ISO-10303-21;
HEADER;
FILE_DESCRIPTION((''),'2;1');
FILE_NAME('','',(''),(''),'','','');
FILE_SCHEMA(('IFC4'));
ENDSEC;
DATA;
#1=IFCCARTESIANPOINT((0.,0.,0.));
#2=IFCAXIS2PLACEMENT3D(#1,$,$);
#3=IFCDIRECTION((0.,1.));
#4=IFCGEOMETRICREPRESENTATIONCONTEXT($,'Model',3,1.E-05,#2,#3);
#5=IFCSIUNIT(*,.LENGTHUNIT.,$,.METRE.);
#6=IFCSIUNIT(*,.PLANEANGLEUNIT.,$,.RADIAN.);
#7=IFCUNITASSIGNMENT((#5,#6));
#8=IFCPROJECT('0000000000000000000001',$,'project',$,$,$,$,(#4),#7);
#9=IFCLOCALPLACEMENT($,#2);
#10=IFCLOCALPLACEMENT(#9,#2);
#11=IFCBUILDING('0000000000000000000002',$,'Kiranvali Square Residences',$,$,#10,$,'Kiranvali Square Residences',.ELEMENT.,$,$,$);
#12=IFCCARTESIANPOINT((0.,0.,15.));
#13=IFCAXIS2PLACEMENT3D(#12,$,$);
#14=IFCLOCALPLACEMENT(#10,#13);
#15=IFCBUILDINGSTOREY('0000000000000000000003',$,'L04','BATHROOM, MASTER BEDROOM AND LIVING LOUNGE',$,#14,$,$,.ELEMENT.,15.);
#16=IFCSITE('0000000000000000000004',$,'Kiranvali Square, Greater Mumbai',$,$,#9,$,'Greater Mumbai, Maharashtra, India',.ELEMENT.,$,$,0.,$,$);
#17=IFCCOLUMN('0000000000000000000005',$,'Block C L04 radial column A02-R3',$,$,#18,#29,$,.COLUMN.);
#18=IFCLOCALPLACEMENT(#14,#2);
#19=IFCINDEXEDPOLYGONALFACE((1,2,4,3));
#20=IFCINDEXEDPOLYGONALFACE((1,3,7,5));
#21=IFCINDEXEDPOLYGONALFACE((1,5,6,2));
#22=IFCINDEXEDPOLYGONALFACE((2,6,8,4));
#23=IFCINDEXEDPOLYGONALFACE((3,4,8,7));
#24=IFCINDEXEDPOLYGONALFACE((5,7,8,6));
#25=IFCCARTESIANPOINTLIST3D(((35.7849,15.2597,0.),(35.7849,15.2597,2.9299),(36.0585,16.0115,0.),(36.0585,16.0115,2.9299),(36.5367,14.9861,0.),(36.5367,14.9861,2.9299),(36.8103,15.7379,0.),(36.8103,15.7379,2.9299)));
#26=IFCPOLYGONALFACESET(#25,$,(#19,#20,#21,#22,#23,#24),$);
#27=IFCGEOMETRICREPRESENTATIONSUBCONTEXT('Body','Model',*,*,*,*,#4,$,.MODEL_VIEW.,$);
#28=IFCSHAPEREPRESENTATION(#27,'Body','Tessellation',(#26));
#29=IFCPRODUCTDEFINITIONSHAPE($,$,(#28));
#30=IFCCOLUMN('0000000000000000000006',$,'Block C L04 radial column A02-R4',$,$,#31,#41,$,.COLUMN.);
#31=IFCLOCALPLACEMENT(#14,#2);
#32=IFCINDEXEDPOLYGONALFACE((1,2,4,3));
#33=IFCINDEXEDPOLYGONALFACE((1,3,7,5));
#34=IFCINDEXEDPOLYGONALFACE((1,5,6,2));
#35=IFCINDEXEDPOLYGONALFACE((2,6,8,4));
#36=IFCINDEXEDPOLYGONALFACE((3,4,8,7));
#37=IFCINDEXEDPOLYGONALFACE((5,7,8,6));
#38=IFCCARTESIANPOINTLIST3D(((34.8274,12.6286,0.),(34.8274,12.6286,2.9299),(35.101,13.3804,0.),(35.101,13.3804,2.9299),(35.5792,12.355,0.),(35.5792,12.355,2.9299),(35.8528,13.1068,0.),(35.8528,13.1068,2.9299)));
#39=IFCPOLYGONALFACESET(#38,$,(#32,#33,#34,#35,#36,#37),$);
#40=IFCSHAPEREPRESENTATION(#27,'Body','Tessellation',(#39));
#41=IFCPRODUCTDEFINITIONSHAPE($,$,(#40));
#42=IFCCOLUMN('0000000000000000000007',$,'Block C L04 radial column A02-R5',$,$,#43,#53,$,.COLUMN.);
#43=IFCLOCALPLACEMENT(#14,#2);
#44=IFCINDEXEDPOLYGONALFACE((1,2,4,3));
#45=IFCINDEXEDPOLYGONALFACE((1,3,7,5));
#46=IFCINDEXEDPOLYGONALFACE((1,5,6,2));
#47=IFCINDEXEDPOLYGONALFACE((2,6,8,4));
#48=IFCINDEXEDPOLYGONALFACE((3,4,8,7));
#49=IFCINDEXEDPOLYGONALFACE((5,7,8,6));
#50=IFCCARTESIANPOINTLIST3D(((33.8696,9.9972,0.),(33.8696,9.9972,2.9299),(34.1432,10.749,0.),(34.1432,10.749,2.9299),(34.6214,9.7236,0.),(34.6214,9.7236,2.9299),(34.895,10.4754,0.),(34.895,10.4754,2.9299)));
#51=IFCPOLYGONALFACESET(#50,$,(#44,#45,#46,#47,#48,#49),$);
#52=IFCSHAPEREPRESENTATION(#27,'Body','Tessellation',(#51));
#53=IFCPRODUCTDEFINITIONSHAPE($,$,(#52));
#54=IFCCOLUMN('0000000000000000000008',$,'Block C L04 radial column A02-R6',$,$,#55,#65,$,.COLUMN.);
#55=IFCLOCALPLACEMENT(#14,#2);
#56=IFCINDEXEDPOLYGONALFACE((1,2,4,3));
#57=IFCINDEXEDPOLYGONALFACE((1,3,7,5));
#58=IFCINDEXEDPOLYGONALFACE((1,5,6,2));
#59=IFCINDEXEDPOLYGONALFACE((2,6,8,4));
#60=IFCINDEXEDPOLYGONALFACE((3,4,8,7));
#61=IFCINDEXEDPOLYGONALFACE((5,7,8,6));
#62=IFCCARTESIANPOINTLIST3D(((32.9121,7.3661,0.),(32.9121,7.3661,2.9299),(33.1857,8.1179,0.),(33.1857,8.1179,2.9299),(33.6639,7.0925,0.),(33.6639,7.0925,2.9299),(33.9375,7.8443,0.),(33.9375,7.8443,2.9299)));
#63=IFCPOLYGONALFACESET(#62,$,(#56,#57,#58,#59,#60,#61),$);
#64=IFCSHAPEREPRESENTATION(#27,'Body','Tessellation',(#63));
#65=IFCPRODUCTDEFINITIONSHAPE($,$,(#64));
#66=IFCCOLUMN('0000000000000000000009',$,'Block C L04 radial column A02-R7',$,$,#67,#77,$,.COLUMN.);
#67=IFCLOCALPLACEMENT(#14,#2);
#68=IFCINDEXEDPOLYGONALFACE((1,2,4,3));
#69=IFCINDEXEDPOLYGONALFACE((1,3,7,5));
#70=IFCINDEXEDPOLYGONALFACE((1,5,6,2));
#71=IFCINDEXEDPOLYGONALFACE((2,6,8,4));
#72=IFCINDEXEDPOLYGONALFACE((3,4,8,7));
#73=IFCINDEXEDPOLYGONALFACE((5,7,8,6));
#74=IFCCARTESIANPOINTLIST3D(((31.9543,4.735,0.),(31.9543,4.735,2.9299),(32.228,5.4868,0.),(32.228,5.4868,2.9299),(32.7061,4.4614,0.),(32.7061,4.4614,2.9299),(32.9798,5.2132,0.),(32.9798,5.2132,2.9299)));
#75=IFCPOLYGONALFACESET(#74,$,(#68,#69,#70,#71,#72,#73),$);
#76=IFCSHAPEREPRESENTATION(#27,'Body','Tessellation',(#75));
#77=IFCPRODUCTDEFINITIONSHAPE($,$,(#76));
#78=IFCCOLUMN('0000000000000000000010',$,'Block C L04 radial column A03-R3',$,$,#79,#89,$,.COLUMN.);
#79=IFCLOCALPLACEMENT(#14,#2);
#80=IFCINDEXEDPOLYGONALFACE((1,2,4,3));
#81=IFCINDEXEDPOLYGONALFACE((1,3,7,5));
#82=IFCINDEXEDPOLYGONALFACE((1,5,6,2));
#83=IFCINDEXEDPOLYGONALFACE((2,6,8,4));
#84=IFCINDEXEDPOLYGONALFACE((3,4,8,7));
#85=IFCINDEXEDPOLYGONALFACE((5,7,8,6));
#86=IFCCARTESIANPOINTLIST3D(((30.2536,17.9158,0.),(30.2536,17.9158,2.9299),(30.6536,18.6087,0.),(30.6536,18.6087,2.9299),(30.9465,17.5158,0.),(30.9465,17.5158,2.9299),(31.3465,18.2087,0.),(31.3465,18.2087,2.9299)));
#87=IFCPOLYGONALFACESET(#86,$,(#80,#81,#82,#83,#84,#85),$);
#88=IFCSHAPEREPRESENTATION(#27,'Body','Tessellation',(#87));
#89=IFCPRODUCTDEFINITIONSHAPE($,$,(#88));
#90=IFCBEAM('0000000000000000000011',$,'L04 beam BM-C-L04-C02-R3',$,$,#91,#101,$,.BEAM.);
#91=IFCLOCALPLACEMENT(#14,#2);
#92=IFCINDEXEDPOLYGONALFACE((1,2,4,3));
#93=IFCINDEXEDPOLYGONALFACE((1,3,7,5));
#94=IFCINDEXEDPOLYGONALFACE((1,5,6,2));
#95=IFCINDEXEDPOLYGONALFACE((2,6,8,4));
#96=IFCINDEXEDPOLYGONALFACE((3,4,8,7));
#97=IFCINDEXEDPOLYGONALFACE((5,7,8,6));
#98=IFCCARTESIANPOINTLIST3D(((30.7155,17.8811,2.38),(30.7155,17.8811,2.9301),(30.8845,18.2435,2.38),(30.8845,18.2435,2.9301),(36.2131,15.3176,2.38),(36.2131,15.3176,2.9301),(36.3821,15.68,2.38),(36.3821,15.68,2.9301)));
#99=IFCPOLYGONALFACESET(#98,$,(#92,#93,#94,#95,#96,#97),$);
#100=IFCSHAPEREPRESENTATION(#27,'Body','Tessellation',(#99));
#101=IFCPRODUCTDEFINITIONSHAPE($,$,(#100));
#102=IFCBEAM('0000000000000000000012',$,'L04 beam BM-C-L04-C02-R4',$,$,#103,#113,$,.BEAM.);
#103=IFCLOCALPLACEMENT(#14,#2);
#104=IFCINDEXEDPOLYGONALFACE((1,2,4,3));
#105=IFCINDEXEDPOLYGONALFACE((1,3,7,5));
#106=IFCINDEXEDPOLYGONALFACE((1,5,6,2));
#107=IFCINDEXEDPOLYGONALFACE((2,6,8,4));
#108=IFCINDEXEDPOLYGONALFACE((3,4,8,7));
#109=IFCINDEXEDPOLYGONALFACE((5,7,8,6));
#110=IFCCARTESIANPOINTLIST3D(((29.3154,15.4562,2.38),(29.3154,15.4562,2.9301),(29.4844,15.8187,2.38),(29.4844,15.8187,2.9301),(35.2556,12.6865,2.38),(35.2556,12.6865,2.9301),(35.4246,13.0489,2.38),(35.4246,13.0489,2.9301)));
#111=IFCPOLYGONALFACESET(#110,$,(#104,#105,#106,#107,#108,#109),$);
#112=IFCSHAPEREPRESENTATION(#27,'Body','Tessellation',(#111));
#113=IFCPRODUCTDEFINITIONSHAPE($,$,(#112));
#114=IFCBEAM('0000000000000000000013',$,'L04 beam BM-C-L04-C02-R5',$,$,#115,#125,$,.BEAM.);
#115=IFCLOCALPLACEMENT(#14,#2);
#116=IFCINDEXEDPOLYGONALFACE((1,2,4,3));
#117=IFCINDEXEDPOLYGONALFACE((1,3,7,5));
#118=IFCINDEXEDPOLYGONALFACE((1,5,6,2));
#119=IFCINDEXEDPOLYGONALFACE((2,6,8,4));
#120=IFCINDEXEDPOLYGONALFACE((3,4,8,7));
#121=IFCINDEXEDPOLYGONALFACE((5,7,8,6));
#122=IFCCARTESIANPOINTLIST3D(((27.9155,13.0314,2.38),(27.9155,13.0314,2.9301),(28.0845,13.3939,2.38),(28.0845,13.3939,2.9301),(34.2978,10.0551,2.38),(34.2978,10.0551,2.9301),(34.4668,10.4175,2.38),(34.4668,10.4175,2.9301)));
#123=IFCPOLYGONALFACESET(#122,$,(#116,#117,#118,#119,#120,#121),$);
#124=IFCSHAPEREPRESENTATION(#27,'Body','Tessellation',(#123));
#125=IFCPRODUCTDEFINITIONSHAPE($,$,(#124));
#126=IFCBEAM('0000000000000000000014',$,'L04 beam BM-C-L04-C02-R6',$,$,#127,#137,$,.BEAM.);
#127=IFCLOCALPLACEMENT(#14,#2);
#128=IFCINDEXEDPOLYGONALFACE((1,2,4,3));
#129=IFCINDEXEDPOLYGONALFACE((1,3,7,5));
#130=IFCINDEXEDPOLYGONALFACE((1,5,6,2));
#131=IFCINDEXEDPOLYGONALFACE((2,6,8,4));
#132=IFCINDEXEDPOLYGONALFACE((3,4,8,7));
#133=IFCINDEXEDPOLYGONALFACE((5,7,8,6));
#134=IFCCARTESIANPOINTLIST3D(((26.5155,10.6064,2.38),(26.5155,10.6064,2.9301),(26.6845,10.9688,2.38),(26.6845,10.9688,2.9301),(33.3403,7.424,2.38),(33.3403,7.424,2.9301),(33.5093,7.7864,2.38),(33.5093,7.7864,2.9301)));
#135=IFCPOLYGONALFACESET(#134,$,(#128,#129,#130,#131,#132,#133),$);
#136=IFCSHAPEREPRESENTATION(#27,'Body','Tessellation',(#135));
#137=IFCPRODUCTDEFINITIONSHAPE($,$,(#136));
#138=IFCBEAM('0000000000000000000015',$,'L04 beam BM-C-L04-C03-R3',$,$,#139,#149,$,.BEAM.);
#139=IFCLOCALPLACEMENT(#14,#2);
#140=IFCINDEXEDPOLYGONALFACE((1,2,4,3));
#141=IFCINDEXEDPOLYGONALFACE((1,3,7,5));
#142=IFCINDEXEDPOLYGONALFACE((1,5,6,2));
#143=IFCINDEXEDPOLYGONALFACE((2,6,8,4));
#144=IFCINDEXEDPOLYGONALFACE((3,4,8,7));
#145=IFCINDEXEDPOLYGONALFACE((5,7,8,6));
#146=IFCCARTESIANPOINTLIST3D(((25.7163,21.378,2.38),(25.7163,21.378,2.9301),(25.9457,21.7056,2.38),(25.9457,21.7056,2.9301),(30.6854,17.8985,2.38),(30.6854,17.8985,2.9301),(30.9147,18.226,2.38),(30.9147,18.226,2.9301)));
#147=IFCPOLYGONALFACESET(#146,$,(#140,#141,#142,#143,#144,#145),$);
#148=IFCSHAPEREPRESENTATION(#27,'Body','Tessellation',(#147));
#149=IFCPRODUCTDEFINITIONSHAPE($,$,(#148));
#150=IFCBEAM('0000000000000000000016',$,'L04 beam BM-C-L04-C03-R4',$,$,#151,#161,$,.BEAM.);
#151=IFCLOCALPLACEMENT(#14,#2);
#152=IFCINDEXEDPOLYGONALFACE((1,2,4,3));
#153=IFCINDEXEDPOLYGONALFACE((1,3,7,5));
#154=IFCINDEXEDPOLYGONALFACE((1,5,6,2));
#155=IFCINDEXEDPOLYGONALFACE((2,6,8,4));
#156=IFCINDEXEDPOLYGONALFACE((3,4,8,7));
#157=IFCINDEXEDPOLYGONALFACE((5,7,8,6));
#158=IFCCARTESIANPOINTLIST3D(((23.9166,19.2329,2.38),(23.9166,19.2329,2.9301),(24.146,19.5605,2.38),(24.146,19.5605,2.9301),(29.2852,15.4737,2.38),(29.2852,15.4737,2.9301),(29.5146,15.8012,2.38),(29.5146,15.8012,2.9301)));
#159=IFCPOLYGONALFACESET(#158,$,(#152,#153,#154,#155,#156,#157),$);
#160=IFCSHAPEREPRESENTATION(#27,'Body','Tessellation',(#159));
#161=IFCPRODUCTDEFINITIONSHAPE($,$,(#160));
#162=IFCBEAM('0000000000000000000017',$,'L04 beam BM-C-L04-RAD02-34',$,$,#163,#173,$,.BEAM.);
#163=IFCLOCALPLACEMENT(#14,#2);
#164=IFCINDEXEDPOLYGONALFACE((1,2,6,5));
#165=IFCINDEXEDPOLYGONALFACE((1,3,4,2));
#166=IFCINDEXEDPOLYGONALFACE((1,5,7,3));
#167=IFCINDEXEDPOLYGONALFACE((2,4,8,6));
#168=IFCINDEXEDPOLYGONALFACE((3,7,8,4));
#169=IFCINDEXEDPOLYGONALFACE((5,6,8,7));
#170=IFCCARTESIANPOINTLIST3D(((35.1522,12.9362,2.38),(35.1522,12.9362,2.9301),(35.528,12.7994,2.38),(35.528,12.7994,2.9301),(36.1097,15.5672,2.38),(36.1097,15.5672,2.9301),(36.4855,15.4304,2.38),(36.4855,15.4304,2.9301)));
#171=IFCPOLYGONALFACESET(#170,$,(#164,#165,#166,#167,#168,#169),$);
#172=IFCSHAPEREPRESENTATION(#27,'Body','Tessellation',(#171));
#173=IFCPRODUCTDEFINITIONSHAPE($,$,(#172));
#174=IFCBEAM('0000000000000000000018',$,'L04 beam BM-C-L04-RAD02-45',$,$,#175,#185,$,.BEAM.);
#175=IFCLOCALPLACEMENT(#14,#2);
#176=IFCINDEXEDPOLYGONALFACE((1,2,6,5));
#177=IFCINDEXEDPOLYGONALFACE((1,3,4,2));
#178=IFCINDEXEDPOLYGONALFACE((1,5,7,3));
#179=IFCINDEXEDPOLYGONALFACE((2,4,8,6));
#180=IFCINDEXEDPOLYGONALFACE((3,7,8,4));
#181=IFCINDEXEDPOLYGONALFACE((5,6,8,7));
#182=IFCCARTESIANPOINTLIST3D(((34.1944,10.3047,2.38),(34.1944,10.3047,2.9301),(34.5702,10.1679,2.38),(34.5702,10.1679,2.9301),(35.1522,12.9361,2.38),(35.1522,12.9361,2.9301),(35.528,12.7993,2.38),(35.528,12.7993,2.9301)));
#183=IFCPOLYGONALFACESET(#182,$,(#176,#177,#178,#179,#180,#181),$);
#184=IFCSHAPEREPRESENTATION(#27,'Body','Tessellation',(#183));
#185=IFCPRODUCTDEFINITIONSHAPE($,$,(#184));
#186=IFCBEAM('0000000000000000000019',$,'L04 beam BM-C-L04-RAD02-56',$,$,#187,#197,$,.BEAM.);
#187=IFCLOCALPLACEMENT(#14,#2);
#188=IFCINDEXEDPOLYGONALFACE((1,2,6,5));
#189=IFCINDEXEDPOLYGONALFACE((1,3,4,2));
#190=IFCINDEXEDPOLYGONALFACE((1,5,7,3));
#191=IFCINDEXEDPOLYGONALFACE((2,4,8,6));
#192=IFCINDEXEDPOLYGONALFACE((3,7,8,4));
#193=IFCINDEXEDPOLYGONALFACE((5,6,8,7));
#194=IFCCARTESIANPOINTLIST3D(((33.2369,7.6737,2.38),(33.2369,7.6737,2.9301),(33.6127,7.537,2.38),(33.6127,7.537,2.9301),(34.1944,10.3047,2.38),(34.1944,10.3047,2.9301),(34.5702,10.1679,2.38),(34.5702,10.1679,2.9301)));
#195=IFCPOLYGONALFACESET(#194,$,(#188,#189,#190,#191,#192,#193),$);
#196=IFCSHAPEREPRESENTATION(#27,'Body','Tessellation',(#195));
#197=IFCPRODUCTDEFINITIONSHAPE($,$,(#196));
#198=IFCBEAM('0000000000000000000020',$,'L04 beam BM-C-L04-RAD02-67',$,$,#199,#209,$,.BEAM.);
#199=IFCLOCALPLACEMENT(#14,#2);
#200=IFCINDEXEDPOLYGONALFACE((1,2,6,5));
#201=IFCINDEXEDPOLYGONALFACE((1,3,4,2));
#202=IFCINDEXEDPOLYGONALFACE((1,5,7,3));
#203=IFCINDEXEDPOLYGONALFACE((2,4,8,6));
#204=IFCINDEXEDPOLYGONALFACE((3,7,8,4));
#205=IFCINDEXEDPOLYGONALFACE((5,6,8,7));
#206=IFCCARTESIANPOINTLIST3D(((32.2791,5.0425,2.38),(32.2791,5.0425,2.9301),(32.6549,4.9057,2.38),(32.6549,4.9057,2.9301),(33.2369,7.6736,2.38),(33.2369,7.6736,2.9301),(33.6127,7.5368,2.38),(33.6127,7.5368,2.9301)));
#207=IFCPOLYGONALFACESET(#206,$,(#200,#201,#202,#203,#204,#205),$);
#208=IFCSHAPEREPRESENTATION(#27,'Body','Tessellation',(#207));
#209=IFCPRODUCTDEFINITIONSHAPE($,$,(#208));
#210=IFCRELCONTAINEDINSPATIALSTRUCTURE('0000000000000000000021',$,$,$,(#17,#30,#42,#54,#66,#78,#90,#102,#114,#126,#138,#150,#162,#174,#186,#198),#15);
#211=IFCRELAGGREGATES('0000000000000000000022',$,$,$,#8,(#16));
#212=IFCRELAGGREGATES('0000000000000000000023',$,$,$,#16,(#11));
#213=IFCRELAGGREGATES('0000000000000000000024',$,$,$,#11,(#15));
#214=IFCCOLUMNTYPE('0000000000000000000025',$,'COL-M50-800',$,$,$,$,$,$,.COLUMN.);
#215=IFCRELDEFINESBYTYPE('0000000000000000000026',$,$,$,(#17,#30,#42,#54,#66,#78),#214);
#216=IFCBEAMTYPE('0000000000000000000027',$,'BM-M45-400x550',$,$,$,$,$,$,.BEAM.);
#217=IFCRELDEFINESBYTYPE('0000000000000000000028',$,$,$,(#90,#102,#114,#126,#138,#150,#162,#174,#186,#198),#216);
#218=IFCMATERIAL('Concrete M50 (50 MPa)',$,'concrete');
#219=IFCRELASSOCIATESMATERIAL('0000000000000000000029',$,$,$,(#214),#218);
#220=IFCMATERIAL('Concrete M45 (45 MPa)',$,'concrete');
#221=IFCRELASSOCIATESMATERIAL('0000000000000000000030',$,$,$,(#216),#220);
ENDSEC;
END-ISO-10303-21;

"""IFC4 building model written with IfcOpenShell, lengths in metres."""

from ifc_helpers import new_model, si_unit, direction, frame, origin, origin_2d, place, context, subcontext, project, spatial, rectangle, extrude, material, material_profile, profile_set, type_object, element, save


model = new_model("IFC4")

# Units and contexts
model_context = context("Model", 3, precision=1e-05, world=origin(), true_north=direction((0.0, 1.0)))
body_context = subcontext(model_context, "Body", "Model", "MODEL_VIEW")
ifc_project = project(units=[si_unit("LENGTHUNIT", "METRE"), si_unit("PLANEANGLEUNIT", "RADIAN")], contexts=[model_context])

# Site, building, storey
site_placement = place(None, origin())
site = spatial("IfcSite", under=ifc_project, at=site_placement, Name="Kiranvali Square, Greater Mumbai", LongName="Greater Mumbai, Maharashtra, India", CompositionType="ELEMENT", RefElevation=0.0)
building_placement = place(site_placement, origin())
building = spatial("IfcBuilding", under=site, at=building_placement, Name="Kiranvali Square Residences", LongName="Kiranvali Square Residences", CompositionType="ELEMENT")
storey_placement = place(building_placement, frame((0.0, 0.0, 15.0)))
storey = spatial("IfcBuildingStorey", under=building, at=storey_placement, Name="L04", Description="BATHROOM, MASTER BEDROOM AND LIVING LOUNGE", CompositionType="ELEMENT", Elevation=15.0)

# Columns
ifc_material_1 = material(Name="Concrete M50 (50 MPa)", Category="concrete")
ifc_material_profile_1 = material_profile(ifc_material_1, rectangle(XDim=0.8, YDim=0.8, at=origin_2d()), Name="RC 800x800")
ifc_profile_set_1 = profile_set([ifc_material_profile_1], Name="Concrete M50 (50 MPa)")
column_type = type_object("IfcColumnType", Name="COL-M50-800", PredefinedType="COLUMN", material=ifc_profile_set_1)
for number, where, z_axis, x_axis, name in (
    (1, (36.2976, 15.4988, 0.0), (0.0, 0.0, 1.0), (-0.939693, 0.34202, 0.0), "Block C L04 radial column A02-R3"),
    (2, (35.3401, 12.8677, 0.0), (0.0, 0.0, 1.0), (-0.939693, 0.34202, 0.0), "Block C L04 radial column A02-R4"),
    (3, (34.3823, 10.2363, 0.0), (0.0, 0.0, 1.0), (-0.939693, 0.34202, 0.0), "Block C L04 radial column A02-R5"),
    (4, (33.4248, 7.6052, 0.0), (0.0, 0.0, 1.0), (-0.939693, 0.34202, 0.0), "Block C L04 radial column A02-R6"),
    (5, (32.467, 4.9741, 0.0), (0.0, 0.0, 1.0), (-0.939693, 0.34202, 0.0), "Block C L04 radial column A02-R7"),
    (6, (30.8, 18.0623, 0.0), (0.0, 0.0, 1.0), (-0.866025, 0.5, 0.0), "Block C L04 radial column A03-R3"),
):
    element("IfcColumn", number, at=place(storey_placement, frame(where, z_axis=z_axis, x_axis=x_axis)), inside=storey, type_object=column_type, Name=name, PredefinedType="COLUMN", context=body_context, shape_type="SweptSolid", body=[
        extrude(rectangle(XDim=0.8, YDim=0.8, at=origin_2d()), origin(), (0.0, 0.0, 1.0), 2.9299),
    ])

# Beams
ifc_material_2 = material(Name="Concrete M45 (45 MPa)", Category="concrete")
ifc_material_profile_2 = material_profile(ifc_material_2, rectangle(XDim=0.3999, YDim=0.55, at=origin_2d()), Name="RC 400x550")
ifc_profile_set_2 = profile_set([ifc_material_profile_2], Name="Concrete M45 (45 MPa)")
beam_type_1 = type_object("IfcBeamType", Name="BM-M45-400x550", PredefinedType="BEAM", material=ifc_profile_set_2)
beam_1_placement = place(storey_placement, frame((36.2976, 15.4988, 2.655), z_axis=(-0.906313, 0.422608, 0.0), x_axis=(-0.422608, -0.906313, 0.0)))
element("IfcBeam", 7, at=beam_1_placement, inside=storey, type_object=beam_type_1, Name="L04 beam BM-C-L04-C02-R3", PredefinedType="BEAM", context=body_context, shape_type="SweptSolid", body=[
    extrude(rectangle(XDim=0.3999, YDim=0.55, at=origin_2d()), origin(), (0.0, 0.0, 1.0), 6.0659),
])
beam_2_placement = place(storey_placement, frame((35.3401, 12.8677, 2.655), z_axis=(-0.906318, 0.422596, 0.0), x_axis=(-0.422596, -0.906318, 0.0)))
element("IfcBeam", 8, at=beam_2_placement, inside=storey, type_object=beam_type_1, Name="L04 beam BM-C-L04-C02-R4", PredefinedType="BEAM", context=body_context, shape_type="SweptSolid", body=[
    extrude(rectangle(XDim=0.3999, YDim=0.55, at=origin_2d()), origin(), (0.0, 0.0, 1.0), 6.5542),
])
beam_3_placement = place(storey_placement, frame((34.3823, 10.2363, 2.655), z_axis=(-0.906297, 0.422641, 0.0), x_axis=(-0.422641, -0.906297, 0.0)))
element("IfcBeam", 9, at=beam_3_placement, inside=storey, type_object=beam_type_1, Name="L04 beam BM-C-L04-C02-R5", PredefinedType="BEAM", context=body_context, shape_type="SweptSolid", body=[
    extrude(rectangle(XDim=0.3999, YDim=0.55, at=origin_2d()), origin(), (0.0, 0.0, 1.0), 7.0422),
])
beam_4_placement = place(storey_placement, frame((33.4248, 7.6052, 2.655), z_axis=(-0.90631, 0.422614, 0.0), x_axis=(-0.422614, -0.90631, 0.0)))
element("IfcBeam", 10, at=beam_4_placement, inside=storey, type_object=beam_type_1, Name="L04 beam BM-C-L04-C02-R6", PredefinedType="BEAM", context=body_context, shape_type="SweptSolid", body=[
    extrude(rectangle(XDim=0.3999, YDim=0.55, at=origin_2d()), origin(), (0.0, 0.0, 1.0), 7.5303),
])
beam_5_placement = place(storey_placement, frame((30.8, 18.0623, 2.655), z_axis=(-0.819139, 0.573595, 0.0), x_axis=(-0.573595, -0.819139, 0.0)))
element("IfcBeam", 11, at=beam_5_placement, inside=storey, type_object=beam_type_1, Name="L04 beam BM-C-L04-C03-R3", PredefinedType="BEAM", context=body_context, shape_type="SweptSolid", body=[
    extrude(rectangle(XDim=0.3999, YDim=0.55, at=origin_2d()), origin(), (0.0, 0.0, 1.0), 6.0662),
])
beam_6_placement = place(storey_placement, frame((29.3999, 15.6375, 2.655), z_axis=(-0.819144, 0.573587, 0.0), x_axis=(-0.573587, -0.819144, 0.0)))
element("IfcBeam", 12, at=beam_6_placement, inside=storey, type_object=beam_type_1, Name="L04 beam BM-C-L04-C03-R4", PredefinedType="BEAM", context=body_context, shape_type="SweptSolid", body=[
    extrude(rectangle(XDim=0.3999, YDim=0.55, at=origin_2d()), origin(), (0.0, 0.0, 1.0), 6.554),
])
beam_7_placement = place(storey_placement, frame((36.2976, 15.4988, 2.655), z_axis=(-0.341981, -0.939707, 0.0), x_axis=(0.939707, -0.341981, 0.0)))
element("IfcBeam", 13, at=beam_7_placement, inside=storey, type_object=beam_type_1, Name="L04 beam BM-C-L04-RAD02-34", PredefinedType="BEAM", context=body_context, shape_type="SweptSolid", body=[
    extrude(rectangle(XDim=0.3999, YDim=0.55, at=origin_2d()), origin(), (0.0, 0.0, 1.0), 2.7998),
])
beam_8_placement = place(storey_placement, frame((35.3401, 12.8677, 2.655), z_axis=(-0.34203, -0.939689, 0.0), x_axis=(0.939689, -0.34203, 0.0)))
element("IfcBeam", 14, at=beam_8_placement, inside=storey, type_object=beam_type_1, Name="L04 beam BM-C-L04-RAD02-45", PredefinedType="BEAM", context=body_context, shape_type="SweptSolid", body=[
    extrude(rectangle(XDim=0.3999, YDim=0.55, at=origin_2d()), origin(), (0.0, 0.0, 1.0), 2.8003),
])
beam_9_placement = place(storey_placement, frame((34.3823, 10.2363, 2.655), z_axis=(-0.341981, -0.939707, 0.0), x_axis=(0.939707, -0.341981, 0.0)))
element("IfcBeam", 15, at=beam_9_placement, inside=storey, type_object=beam_type_1, Name="L04 beam BM-C-L04-RAD02-56", PredefinedType="BEAM", context=body_context, shape_type="SweptSolid", body=[
    extrude(rectangle(XDim=0.3999, YDim=0.55, at=origin_2d()), origin(), (0.0, 0.0, 1.0), 2.7998),
])
for number, where, z_axis, x_axis, name in (
    (16, (33.4248, 7.6052, 2.655), (-0.342058, -0.939679, 0.0), (0.939679, -0.342058, 0.0), "L04 beam BM-C-L04-RAD02-67"),
):
    element("IfcBeam", number, at=place(storey_placement, frame(where, z_axis=z_axis, x_axis=x_axis)), inside=storey, type_object=beam_type_1, Name=name, PredefinedType="BEAM", context=body_context, shape_type="SweptSolid", body=[
        extrude(rectangle(XDim=0.3999, YDim=0.55, at=origin_2d()), origin(), (0.0, 0.0, 1.0), 2.8),
    ])

save(model, "model.ifc")
